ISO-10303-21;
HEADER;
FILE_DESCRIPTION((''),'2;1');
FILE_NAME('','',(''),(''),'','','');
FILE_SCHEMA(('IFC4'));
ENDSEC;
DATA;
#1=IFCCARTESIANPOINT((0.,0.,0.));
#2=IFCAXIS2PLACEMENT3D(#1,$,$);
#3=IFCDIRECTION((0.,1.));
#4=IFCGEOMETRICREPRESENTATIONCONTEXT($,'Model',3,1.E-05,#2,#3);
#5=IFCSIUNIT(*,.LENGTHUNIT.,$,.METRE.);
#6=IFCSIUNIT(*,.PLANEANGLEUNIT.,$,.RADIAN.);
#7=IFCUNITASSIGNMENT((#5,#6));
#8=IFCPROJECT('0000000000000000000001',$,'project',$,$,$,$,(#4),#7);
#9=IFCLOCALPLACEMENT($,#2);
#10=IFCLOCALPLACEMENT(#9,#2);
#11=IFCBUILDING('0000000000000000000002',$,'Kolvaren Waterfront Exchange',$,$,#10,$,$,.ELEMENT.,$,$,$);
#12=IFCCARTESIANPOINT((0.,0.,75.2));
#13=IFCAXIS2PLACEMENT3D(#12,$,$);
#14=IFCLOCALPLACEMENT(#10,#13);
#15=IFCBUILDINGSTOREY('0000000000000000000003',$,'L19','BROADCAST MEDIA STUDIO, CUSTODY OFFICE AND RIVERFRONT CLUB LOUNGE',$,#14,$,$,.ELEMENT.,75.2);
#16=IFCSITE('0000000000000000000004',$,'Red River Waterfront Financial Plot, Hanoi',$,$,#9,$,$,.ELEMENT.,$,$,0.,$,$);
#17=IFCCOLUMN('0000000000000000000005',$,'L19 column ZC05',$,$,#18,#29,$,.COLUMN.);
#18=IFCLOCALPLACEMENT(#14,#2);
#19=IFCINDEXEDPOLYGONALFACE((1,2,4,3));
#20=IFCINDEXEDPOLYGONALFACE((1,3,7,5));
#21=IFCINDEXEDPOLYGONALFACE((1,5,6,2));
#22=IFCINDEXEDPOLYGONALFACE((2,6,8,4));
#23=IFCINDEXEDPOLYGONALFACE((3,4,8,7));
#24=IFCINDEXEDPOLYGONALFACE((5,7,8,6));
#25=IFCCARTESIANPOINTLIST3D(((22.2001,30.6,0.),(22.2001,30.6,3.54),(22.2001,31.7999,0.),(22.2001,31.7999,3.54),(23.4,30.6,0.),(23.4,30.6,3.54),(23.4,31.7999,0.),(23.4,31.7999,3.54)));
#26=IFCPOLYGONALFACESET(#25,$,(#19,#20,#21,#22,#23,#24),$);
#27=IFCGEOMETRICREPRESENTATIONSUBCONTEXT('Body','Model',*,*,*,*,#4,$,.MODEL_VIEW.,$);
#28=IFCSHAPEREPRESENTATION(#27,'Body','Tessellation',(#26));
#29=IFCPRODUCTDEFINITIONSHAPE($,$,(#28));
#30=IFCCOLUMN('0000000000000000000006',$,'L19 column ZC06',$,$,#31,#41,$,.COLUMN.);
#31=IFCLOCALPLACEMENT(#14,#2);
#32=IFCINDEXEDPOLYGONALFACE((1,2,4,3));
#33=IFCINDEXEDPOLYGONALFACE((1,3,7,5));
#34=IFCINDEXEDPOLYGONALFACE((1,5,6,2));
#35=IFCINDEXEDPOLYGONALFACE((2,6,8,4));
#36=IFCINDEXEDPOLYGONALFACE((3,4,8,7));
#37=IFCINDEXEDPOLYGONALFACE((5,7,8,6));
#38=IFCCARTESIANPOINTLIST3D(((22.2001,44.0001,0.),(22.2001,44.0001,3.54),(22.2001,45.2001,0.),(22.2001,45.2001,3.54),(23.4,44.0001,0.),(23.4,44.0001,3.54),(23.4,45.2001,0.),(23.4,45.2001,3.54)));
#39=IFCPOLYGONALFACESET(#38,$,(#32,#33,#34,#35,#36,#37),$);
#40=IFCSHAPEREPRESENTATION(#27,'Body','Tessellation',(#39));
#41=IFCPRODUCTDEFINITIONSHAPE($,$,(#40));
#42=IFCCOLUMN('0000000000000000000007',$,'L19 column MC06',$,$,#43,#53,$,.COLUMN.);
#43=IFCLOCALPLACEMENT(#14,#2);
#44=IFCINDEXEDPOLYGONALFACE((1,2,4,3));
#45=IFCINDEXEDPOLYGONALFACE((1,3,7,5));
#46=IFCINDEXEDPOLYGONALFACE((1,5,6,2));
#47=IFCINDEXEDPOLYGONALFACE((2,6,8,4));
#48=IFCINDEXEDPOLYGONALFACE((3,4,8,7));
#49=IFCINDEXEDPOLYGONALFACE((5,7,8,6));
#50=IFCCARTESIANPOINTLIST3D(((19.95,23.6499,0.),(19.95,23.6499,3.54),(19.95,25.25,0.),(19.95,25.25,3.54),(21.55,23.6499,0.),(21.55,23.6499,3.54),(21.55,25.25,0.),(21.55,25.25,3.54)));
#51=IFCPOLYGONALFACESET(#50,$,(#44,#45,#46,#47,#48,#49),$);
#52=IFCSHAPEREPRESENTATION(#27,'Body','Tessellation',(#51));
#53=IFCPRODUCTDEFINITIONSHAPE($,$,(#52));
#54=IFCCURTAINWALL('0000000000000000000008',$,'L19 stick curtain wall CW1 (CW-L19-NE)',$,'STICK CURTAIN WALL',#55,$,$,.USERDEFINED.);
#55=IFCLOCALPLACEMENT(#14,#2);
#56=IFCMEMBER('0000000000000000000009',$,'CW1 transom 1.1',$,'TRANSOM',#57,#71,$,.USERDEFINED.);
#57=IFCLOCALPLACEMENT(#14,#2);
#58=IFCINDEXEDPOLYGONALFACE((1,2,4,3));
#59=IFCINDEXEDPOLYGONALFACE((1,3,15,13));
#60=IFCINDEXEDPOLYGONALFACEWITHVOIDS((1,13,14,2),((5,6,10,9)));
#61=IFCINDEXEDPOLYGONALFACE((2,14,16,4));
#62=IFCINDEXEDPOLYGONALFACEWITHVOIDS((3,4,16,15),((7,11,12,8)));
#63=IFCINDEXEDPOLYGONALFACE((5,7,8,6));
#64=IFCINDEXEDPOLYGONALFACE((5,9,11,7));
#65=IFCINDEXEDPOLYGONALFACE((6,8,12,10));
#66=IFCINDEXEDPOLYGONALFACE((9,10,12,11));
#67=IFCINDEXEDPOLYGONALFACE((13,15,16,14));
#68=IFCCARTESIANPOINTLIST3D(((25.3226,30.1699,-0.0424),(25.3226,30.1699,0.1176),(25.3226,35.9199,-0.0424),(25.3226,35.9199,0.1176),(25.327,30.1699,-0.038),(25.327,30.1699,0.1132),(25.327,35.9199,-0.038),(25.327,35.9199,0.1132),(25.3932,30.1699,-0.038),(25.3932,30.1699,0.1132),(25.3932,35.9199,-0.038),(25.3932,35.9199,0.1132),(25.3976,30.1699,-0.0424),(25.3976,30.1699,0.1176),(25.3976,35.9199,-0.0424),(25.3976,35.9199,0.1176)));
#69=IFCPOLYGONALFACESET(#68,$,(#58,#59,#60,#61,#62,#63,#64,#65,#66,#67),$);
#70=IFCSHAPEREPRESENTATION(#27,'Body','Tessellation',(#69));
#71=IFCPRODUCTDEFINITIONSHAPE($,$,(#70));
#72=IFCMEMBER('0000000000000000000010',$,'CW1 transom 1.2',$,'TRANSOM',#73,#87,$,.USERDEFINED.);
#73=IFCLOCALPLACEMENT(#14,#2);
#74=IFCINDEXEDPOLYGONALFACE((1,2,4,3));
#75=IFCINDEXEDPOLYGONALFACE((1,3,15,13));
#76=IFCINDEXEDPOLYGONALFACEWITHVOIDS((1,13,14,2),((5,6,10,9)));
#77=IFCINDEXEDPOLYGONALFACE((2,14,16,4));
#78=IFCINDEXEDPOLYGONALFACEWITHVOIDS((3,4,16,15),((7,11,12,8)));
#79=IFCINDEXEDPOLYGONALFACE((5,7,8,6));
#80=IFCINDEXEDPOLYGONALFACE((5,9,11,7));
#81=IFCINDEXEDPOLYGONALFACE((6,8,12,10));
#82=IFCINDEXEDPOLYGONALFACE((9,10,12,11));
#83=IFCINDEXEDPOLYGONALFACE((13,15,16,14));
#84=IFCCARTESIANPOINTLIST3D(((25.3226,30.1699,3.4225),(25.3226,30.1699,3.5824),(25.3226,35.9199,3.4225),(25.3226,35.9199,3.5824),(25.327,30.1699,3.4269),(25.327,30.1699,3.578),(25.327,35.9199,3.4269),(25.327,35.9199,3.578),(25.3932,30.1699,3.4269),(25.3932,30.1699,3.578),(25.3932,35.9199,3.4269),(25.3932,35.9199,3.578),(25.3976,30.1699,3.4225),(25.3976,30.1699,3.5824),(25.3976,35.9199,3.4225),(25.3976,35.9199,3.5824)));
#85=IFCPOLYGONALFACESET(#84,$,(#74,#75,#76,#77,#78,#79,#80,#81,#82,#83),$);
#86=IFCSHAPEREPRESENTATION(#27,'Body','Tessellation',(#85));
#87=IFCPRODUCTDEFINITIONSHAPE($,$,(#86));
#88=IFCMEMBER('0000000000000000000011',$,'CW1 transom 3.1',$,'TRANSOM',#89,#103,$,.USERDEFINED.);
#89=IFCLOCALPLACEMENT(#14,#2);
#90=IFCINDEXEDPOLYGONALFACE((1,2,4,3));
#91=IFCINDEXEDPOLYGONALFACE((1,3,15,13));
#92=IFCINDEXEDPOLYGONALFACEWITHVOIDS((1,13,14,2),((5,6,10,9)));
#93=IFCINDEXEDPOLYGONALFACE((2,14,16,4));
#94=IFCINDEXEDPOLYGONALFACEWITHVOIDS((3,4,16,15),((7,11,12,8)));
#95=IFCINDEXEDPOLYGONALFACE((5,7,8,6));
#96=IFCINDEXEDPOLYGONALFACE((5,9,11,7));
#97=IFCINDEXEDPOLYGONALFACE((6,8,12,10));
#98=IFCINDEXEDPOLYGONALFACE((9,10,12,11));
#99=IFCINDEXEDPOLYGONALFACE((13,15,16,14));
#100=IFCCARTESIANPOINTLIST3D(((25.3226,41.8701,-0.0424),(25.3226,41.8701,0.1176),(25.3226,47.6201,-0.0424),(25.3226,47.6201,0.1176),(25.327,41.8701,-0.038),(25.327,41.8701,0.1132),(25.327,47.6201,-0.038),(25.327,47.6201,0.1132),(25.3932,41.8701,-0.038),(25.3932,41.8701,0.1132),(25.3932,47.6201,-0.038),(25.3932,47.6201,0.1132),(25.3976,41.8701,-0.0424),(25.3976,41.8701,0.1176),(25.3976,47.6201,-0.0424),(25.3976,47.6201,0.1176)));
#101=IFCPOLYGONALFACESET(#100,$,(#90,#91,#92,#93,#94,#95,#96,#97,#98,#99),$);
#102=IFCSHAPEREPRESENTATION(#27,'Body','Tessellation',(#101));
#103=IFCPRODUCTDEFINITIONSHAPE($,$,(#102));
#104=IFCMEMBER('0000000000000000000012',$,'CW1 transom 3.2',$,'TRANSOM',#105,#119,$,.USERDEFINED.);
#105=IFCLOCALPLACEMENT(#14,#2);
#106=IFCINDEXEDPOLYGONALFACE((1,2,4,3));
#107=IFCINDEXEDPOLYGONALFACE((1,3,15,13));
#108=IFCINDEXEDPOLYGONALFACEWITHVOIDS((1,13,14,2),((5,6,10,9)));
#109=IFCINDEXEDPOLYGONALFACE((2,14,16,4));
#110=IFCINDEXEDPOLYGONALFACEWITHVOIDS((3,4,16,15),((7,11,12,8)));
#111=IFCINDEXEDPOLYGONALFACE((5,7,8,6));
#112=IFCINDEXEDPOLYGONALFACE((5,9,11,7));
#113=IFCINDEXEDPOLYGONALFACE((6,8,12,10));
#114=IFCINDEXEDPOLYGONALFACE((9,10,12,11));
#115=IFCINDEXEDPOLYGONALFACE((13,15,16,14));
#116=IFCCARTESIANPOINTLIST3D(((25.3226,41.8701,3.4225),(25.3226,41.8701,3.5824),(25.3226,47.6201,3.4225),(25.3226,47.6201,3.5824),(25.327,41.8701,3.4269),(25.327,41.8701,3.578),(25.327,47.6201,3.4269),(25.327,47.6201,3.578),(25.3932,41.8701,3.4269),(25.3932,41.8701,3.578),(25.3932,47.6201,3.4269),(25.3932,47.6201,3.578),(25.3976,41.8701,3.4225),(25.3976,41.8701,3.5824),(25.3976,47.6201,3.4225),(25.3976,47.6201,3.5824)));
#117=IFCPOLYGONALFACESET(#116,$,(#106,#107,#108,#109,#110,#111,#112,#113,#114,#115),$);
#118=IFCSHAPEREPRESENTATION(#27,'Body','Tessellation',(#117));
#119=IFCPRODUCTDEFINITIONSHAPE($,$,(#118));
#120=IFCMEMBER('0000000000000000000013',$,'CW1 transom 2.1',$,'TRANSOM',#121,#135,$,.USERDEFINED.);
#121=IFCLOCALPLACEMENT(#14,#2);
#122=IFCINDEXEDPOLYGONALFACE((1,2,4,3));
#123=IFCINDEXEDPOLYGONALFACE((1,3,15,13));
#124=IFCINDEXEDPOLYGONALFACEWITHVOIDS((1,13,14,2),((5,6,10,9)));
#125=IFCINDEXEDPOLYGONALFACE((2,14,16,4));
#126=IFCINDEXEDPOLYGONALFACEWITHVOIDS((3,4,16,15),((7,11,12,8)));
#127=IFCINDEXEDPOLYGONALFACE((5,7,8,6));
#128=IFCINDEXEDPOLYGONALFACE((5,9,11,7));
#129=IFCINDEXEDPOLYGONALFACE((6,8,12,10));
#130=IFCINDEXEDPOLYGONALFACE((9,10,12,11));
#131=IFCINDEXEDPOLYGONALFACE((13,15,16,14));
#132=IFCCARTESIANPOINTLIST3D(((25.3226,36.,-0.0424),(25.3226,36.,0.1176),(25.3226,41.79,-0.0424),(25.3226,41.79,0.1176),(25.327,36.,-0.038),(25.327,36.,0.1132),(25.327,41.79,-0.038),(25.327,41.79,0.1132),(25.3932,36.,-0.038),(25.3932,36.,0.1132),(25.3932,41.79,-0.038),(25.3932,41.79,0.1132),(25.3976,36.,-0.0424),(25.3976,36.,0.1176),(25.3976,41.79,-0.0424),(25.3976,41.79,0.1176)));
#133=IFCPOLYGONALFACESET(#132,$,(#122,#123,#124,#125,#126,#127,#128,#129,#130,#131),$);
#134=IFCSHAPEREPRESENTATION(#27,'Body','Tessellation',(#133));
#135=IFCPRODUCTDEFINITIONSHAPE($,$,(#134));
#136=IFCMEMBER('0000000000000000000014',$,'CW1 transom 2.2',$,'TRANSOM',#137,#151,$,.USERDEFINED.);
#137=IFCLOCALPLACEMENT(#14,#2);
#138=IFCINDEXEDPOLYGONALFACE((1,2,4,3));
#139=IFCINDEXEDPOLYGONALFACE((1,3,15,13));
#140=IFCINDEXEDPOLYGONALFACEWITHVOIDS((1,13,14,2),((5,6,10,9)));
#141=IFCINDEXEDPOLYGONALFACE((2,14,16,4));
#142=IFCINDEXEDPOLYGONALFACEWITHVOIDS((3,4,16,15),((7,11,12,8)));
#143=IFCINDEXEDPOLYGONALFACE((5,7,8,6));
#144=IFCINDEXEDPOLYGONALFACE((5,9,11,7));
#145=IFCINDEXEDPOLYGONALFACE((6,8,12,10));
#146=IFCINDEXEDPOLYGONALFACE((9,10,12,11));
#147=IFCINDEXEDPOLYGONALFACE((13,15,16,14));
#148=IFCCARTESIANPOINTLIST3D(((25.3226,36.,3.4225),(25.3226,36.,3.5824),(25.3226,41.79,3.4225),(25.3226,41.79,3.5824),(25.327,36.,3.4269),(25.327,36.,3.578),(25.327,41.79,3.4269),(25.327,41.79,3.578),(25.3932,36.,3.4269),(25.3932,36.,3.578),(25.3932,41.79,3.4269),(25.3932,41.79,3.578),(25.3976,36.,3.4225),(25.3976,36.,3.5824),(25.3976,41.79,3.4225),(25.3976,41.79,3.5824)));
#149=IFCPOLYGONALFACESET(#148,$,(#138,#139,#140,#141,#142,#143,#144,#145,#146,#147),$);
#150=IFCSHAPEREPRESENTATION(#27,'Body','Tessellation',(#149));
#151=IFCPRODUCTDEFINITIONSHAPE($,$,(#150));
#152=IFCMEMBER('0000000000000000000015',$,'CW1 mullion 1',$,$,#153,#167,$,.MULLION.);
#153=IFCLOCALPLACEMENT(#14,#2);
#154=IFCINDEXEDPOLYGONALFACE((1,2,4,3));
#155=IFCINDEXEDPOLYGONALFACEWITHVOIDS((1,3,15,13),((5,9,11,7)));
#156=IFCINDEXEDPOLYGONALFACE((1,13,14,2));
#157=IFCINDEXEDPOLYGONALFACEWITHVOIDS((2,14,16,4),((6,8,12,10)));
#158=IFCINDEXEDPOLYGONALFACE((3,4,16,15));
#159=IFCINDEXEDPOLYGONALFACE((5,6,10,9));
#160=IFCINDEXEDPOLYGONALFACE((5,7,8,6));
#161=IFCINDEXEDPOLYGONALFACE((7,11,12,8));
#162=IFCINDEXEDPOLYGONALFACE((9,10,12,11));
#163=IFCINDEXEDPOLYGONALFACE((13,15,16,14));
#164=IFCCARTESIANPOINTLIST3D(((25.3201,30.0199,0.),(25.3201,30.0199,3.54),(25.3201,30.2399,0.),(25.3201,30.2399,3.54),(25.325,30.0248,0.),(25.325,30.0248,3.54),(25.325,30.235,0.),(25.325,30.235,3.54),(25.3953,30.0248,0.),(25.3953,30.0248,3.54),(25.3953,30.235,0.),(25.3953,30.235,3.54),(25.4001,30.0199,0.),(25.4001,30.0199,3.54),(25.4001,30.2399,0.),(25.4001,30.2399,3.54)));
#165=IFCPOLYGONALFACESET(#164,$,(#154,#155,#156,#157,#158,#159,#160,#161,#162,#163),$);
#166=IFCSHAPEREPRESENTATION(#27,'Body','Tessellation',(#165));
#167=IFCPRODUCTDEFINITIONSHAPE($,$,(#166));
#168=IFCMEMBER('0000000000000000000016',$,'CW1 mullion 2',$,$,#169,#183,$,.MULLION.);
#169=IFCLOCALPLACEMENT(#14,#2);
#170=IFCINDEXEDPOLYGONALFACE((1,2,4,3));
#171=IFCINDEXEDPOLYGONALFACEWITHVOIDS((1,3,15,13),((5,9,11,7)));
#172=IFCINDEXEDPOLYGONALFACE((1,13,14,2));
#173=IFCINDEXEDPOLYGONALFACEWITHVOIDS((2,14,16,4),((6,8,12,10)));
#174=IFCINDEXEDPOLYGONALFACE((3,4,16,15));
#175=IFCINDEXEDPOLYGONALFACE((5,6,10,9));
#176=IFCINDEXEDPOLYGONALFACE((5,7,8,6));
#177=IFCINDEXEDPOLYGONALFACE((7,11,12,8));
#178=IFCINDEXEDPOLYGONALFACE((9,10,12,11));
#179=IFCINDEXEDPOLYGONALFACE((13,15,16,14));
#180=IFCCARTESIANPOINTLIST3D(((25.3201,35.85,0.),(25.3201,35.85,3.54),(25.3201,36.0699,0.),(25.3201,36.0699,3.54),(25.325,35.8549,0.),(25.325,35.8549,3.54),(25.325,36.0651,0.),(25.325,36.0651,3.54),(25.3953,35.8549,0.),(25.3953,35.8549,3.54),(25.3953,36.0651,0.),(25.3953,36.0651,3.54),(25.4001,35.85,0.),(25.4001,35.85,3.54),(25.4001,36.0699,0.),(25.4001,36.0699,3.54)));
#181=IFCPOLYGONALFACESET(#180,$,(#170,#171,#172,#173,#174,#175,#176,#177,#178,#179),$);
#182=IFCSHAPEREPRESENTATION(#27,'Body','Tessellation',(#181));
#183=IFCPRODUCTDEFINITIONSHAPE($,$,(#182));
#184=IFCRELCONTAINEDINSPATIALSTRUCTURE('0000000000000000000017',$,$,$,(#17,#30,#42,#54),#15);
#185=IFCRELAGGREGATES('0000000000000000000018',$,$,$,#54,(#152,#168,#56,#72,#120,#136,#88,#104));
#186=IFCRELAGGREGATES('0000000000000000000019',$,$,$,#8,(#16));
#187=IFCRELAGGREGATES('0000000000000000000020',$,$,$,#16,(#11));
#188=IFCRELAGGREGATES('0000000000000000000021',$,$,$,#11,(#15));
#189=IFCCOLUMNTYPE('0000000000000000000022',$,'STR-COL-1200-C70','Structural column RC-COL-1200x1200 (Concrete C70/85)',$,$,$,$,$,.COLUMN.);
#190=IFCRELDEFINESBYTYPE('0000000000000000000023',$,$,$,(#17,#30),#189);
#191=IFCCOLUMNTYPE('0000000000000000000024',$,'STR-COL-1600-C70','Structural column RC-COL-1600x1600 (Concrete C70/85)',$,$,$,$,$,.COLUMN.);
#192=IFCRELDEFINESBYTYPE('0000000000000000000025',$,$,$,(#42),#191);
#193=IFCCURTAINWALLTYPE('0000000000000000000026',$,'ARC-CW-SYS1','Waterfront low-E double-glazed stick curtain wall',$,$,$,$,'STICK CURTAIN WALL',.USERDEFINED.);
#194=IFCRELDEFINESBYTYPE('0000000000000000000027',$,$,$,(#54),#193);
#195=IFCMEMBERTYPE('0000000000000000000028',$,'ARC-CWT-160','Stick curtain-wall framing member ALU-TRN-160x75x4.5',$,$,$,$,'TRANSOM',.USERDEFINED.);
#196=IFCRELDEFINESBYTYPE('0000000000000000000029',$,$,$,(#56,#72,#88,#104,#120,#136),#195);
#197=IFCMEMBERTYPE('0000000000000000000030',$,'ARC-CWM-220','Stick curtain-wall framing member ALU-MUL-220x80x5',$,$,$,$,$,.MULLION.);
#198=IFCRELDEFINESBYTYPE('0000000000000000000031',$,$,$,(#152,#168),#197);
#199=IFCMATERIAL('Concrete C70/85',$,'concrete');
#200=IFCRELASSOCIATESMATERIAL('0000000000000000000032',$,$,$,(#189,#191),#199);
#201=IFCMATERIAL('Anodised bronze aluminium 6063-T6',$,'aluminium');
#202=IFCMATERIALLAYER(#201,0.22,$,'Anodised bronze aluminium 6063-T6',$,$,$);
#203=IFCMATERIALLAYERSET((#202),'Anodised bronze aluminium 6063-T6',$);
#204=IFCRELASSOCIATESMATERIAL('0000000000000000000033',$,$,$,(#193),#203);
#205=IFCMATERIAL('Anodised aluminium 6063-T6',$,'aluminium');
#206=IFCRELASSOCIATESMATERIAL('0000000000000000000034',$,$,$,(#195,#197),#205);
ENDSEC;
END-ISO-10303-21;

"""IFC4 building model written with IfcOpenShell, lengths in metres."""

from ifc_helpers import new_model, si_unit, direction, frame, origin, origin_with_axes, origin_2d, place, context, subcontext, project, spatial, rectangle, hollow_rectangle, extrude, source, transform, mapped, material, layer, layer_set, material_profile, profile_set, type_object, element, aggregate, save


model = new_model("IFC4")

# Units and contexts
model_context = context("Model", 3, precision=1e-05, world=origin(), true_north=direction((0.0, 1.0)))
body_context = subcontext(model_context, "Body", "Model", "MODEL_VIEW")
ifc_project = project(units=[si_unit("LENGTHUNIT", "METRE"), si_unit("PLANEANGLEUNIT", "RADIAN")], contexts=[model_context])

# Site, building, storey
site_placement = place(None, origin())
site = spatial("IfcSite", under=ifc_project, at=site_placement, Name="Red River Waterfront Financial Plot, Hanoi", CompositionType="ELEMENT", RefElevation=0.0)
building_placement = place(site_placement, origin())
building = spatial("IfcBuilding", under=site, at=building_placement, Name="Kolvaren Waterfront Exchange", CompositionType="ELEMENT")
storey_placement = place(building_placement, frame((0.0, 0.0, 75.2)))
storey = spatial("IfcBuildingStorey", under=building, at=storey_placement, Name="L19", Description="BROADCAST MEDIA STUDIO, CUSTODY OFFICE AND RIVERFRONT CLUB LOUNGE", CompositionType="ELEMENT", Elevation=75.2)

# Columns
ifc_material_1 = material(Name="Concrete C70/85", Category="concrete")
ifc_material_profile_1 = material_profile(ifc_material_1, rectangle(XDim=1.2, YDim=1.2, at=origin_2d()), Name="RC-COL-1200x1200")
ifc_profile_set_1 = profile_set([ifc_material_profile_1], Name="Concrete C70/85")
column_type_1 = type_object("IfcColumnType", Name="STR-COL-1200-C70", Description="Structural column RC-COL-1200x1200 (Concrete C70/85)", PredefinedType="COLUMN", material=ifc_profile_set_1)
for number, where, z_axis, x_axis, name in (
    (1, (22.8, 31.2, 0.0), (0.0, 0.0, 1.0), (1.0, 0.0, 0.0), "L19 column ZC05"),
    (2, (22.8, 44.6001, 0.0), (0.0, 0.0, 1.0), (1.0, 0.0, 0.0), "L19 column ZC06"),
):
    element("IfcColumn", number, at=place(storey_placement, frame(where, z_axis=z_axis, x_axis=x_axis)), inside=storey, type_object=column_type_1, Name=name, PredefinedType="COLUMN", context=body_context, shape_type="SweptSolid", body=[
        extrude(rectangle(XDim=1.2, YDim=1.2, at=origin_2d()), origin(), (0.0, 0.0, 1.0), 3.54),
    ])
ifc_material_profile_2 = material_profile(ifc_material_1, rectangle(XDim=1.6001, YDim=1.6001, at=origin_2d()), Name="RC-COL-1600x1600")
ifc_profile_set_2 = profile_set([ifc_material_profile_2], Name="Concrete C70/85")
column_type_2 = type_object("IfcColumnType", Name="STR-COL-1600-C70", Description="Structural column RC-COL-1600x1600 (Concrete C70/85)", PredefinedType="COLUMN", material=ifc_profile_set_2)
column_placement = place(storey_placement, frame((20.75, 24.45, 0.0), z_axis=(0.0, 0.0, 1.0), x_axis=(1.0, 0.0, 0.0)))
element("IfcColumn", 3, at=column_placement, inside=storey, type_object=column_type_2, Name="L19 column MC06", PredefinedType="COLUMN", context=body_context, shape_type="SweptSolid", body=[
    extrude(rectangle(XDim=1.6001, YDim=1.6001, at=origin_2d()), origin(), (0.0, 0.0, 1.0), 3.54),
])

# Curtain wall, members
ifc_material_2 = material(Name="Anodised bronze aluminium 6063-T6", Category="aluminium")
ifc_layer_1 = layer(ifc_material_2, 0.22, Name="Anodised bronze aluminium 6063-T6")
ifc_layer_set_1 = layer_set([ifc_layer_1], Name="Anodised bronze aluminium 6063-T6")
curtain_wall_type = type_object("IfcCurtainWallType", Name="ARC-CW-SYS1", Description="Waterfront low-E double-glazed stick curtain wall", ElementType="STICK CURTAIN WALL", PredefinedType="USERDEFINED", material=ifc_layer_set_1)
curtain_wall_placement = place(storey_placement, origin())
curtain_wall = element("IfcCurtainWall", 4, at=curtain_wall_placement, inside=storey, type_object=curtain_wall_type, Name="L19 stick curtain wall CW1 (CW-L19-NE)", ObjectType="STICK CURTAIN WALL", PredefinedType="USERDEFINED")
ifc_material_3 = material(Name="Anodised aluminium 6063-T6", Category="aluminium")
ifc_material_profile_3 = material_profile(ifc_material_3, hollow_rectangle(XDim=0.075, YDim=0.1599, WallThickness=0.0044, at=origin_2d()), Name="ALU-TRN-160x75x4.5")
ifc_profile_set_3 = profile_set([ifc_material_profile_3], Name="Anodised aluminium 6063-T6")
member_type_1 = type_object("IfcMemberType", Name="ARC-CWT-160", Description="Stick curtain-wall framing member ALU-TRN-160x75x4.5", ElementType="TRANSOM", PredefinedType="USERDEFINED", material=ifc_profile_set_3)
shared_shape_1 = source(origin_with_axes(), body_context, "Body", "SweptSolid", [
    extrude(hollow_rectangle(XDim=0.075, YDim=0.1599, WallThickness=0.0044, at=origin_2d()), origin(), (0.0, 0.0, 1.0), 5.75),
])
member_1_placement = place(storey_placement, frame((25.3601, 30.1699, 0.0376), z_axis=(0.0, 1.0, 0.0), x_axis=(-1.0, 0.0, 0.0)))
member_1 = element("IfcMember", 5, at=member_1_placement, type_object=member_type_1, Name="CW1 transom 1.1", ObjectType="TRANSOM", PredefinedType="USERDEFINED", context=body_context, shape_type="MappedRepresentation", body=[
    mapped(shared_shape_1, transform((0.0, 0.0, 0.0), x_axis=(1.0, 0.0, 0.0), y_axis=(0.0, 1.0, 0.0), z_axis=(0.0, 0.0, 1.0), scale=1.0)),
])
member_2_placement = place(storey_placement, frame((25.3601, 30.1699, 3.5024), z_axis=(0.0, 1.0, 0.0), x_axis=(-1.0, 0.0, 0.0)))
member_2 = element("IfcMember", 6, at=member_2_placement, type_object=member_type_1, Name="CW1 transom 1.2", ObjectType="TRANSOM", PredefinedType="USERDEFINED", context=body_context, shape_type="MappedRepresentation", body=[
    mapped(shared_shape_1, transform((0.0, 0.0, 0.0), x_axis=(1.0, 0.0, 0.0), y_axis=(0.0, 1.0, 0.0), z_axis=(0.0, 0.0, 1.0), scale=1.0)),
])
member_3_placement = place(storey_placement, frame((25.3601, 41.8701, 0.0376), z_axis=(0.0, 1.0, 0.0), x_axis=(-1.0, 0.0, 0.0)))
member_3 = element("IfcMember", 7, at=member_3_placement, type_object=member_type_1, Name="CW1 transom 3.1", ObjectType="TRANSOM", PredefinedType="USERDEFINED", context=body_context, shape_type="MappedRepresentation", body=[
    mapped(shared_shape_1, transform((0.0, 0.0, 0.0), x_axis=(1.0, 0.0, 0.0), y_axis=(0.0, 1.0, 0.0), z_axis=(0.0, 0.0, 1.0), scale=1.0)),
])
member_4_placement = place(storey_placement, frame((25.3601, 41.8701, 3.5024), z_axis=(0.0, 1.0, 0.0), x_axis=(-1.0, 0.0, 0.0)))
member_4 = element("IfcMember", 8, at=member_4_placement, type_object=member_type_1, Name="CW1 transom 3.2", ObjectType="TRANSOM", PredefinedType="USERDEFINED", context=body_context, shape_type="MappedRepresentation", body=[
    mapped(shared_shape_1, transform((0.0, 0.0, 0.0), x_axis=(1.0, 0.0, 0.0), y_axis=(0.0, 1.0, 0.0), z_axis=(0.0, 0.0, 1.0), scale=1.0)),
])
shared_shape_2 = source(origin_with_axes(), body_context, "Body", "SweptSolid", [
    extrude(hollow_rectangle(XDim=0.075, YDim=0.1599, WallThickness=0.0044, at=origin_2d()), origin(), (0.0, 0.0, 1.0), 5.79),
])
member_5_placement = place(storey_placement, frame((25.3601, 36.0, 0.0376), z_axis=(0.0, 1.0, 0.0), x_axis=(-1.0, 0.0, 0.0)))
member_5 = element("IfcMember", 9, at=member_5_placement, type_object=member_type_1, Name="CW1 transom 2.1", ObjectType="TRANSOM", PredefinedType="USERDEFINED", context=body_context, shape_type="MappedRepresentation", body=[
    mapped(shared_shape_2, transform((0.0, 0.0, 0.0), x_axis=(1.0, 0.0, 0.0), y_axis=(0.0, 1.0, 0.0), z_axis=(0.0, 0.0, 1.0), scale=1.0)),
])
member_6_placement = place(storey_placement, frame((25.3601, 36.0, 3.5024), z_axis=(0.0, 1.0, 0.0), x_axis=(-1.0, 0.0, 0.0)))
member_6 = element("IfcMember", 10, at=member_6_placement, type_object=member_type_1, Name="CW1 transom 2.2", ObjectType="TRANSOM", PredefinedType="USERDEFINED", context=body_context, shape_type="MappedRepresentation", body=[
    mapped(shared_shape_2, transform((0.0, 0.0, 0.0), x_axis=(1.0, 0.0, 0.0), y_axis=(0.0, 1.0, 0.0), z_axis=(0.0, 0.0, 1.0), scale=1.0)),
])
ifc_material_profile_4 = material_profile(ifc_material_3, hollow_rectangle(XDim=0.0801, YDim=0.22, WallThickness=0.0049, at=origin_2d()), Name="ALU-MUL-220x80x5")
ifc_profile_set_4 = profile_set([ifc_material_profile_4], Name="Anodised aluminium 6063-T6")
member_type_2 = type_object("IfcMemberType", Name="ARC-CWM-220", Description="Stick curtain-wall framing member ALU-MUL-220x80x5", PredefinedType="MULLION", material=ifc_profile_set_4)
shared_shape_3 = source(origin_with_axes(), body_context, "Body", "SweptSolid", [
    extrude(hollow_rectangle(XDim=0.0801, YDim=0.22, WallThickness=0.0049, at=origin_2d()), origin(), (0.0, 0.0, 1.0), 3.54),
])
member_7_placement = place(storey_placement, frame((25.3601, 30.1299, 0.0), z_axis=(0.0, 0.0, 1.0), x_axis=(-1.0, 0.0, 0.0)))
member_7 = element("IfcMember", 11, at=member_7_placement, type_object=member_type_2, Name="CW1 mullion 1", PredefinedType="MULLION", context=body_context, shape_type="MappedRepresentation", body=[
    mapped(shared_shape_3, transform((0.0, 0.0, 0.0), x_axis=(1.0, 0.0, 0.0), y_axis=(0.0, 1.0, 0.0), z_axis=(0.0, 0.0, 1.0), scale=1.0)),
])
member_8_placement = place(storey_placement, frame((25.3601, 35.96, 0.0), z_axis=(0.0, 0.0, 1.0), x_axis=(-1.0, 0.0, 0.0)))
member_8 = element("IfcMember", 12, at=member_8_placement, type_object=member_type_2, Name="CW1 mullion 2", PredefinedType="MULLION", context=body_context, shape_type="MappedRepresentation", body=[
    mapped(shared_shape_3, transform((0.0, 0.0, 0.0), x_axis=(1.0, 0.0, 0.0), y_axis=(0.0, 1.0, 0.0), z_axis=(0.0, 0.0, 1.0), scale=1.0)),
])
aggregate(curtain_wall, [member_7, member_8, member_1, member_2, member_5, member_6, member_3, member_4])

save(model, "model.ifc")
